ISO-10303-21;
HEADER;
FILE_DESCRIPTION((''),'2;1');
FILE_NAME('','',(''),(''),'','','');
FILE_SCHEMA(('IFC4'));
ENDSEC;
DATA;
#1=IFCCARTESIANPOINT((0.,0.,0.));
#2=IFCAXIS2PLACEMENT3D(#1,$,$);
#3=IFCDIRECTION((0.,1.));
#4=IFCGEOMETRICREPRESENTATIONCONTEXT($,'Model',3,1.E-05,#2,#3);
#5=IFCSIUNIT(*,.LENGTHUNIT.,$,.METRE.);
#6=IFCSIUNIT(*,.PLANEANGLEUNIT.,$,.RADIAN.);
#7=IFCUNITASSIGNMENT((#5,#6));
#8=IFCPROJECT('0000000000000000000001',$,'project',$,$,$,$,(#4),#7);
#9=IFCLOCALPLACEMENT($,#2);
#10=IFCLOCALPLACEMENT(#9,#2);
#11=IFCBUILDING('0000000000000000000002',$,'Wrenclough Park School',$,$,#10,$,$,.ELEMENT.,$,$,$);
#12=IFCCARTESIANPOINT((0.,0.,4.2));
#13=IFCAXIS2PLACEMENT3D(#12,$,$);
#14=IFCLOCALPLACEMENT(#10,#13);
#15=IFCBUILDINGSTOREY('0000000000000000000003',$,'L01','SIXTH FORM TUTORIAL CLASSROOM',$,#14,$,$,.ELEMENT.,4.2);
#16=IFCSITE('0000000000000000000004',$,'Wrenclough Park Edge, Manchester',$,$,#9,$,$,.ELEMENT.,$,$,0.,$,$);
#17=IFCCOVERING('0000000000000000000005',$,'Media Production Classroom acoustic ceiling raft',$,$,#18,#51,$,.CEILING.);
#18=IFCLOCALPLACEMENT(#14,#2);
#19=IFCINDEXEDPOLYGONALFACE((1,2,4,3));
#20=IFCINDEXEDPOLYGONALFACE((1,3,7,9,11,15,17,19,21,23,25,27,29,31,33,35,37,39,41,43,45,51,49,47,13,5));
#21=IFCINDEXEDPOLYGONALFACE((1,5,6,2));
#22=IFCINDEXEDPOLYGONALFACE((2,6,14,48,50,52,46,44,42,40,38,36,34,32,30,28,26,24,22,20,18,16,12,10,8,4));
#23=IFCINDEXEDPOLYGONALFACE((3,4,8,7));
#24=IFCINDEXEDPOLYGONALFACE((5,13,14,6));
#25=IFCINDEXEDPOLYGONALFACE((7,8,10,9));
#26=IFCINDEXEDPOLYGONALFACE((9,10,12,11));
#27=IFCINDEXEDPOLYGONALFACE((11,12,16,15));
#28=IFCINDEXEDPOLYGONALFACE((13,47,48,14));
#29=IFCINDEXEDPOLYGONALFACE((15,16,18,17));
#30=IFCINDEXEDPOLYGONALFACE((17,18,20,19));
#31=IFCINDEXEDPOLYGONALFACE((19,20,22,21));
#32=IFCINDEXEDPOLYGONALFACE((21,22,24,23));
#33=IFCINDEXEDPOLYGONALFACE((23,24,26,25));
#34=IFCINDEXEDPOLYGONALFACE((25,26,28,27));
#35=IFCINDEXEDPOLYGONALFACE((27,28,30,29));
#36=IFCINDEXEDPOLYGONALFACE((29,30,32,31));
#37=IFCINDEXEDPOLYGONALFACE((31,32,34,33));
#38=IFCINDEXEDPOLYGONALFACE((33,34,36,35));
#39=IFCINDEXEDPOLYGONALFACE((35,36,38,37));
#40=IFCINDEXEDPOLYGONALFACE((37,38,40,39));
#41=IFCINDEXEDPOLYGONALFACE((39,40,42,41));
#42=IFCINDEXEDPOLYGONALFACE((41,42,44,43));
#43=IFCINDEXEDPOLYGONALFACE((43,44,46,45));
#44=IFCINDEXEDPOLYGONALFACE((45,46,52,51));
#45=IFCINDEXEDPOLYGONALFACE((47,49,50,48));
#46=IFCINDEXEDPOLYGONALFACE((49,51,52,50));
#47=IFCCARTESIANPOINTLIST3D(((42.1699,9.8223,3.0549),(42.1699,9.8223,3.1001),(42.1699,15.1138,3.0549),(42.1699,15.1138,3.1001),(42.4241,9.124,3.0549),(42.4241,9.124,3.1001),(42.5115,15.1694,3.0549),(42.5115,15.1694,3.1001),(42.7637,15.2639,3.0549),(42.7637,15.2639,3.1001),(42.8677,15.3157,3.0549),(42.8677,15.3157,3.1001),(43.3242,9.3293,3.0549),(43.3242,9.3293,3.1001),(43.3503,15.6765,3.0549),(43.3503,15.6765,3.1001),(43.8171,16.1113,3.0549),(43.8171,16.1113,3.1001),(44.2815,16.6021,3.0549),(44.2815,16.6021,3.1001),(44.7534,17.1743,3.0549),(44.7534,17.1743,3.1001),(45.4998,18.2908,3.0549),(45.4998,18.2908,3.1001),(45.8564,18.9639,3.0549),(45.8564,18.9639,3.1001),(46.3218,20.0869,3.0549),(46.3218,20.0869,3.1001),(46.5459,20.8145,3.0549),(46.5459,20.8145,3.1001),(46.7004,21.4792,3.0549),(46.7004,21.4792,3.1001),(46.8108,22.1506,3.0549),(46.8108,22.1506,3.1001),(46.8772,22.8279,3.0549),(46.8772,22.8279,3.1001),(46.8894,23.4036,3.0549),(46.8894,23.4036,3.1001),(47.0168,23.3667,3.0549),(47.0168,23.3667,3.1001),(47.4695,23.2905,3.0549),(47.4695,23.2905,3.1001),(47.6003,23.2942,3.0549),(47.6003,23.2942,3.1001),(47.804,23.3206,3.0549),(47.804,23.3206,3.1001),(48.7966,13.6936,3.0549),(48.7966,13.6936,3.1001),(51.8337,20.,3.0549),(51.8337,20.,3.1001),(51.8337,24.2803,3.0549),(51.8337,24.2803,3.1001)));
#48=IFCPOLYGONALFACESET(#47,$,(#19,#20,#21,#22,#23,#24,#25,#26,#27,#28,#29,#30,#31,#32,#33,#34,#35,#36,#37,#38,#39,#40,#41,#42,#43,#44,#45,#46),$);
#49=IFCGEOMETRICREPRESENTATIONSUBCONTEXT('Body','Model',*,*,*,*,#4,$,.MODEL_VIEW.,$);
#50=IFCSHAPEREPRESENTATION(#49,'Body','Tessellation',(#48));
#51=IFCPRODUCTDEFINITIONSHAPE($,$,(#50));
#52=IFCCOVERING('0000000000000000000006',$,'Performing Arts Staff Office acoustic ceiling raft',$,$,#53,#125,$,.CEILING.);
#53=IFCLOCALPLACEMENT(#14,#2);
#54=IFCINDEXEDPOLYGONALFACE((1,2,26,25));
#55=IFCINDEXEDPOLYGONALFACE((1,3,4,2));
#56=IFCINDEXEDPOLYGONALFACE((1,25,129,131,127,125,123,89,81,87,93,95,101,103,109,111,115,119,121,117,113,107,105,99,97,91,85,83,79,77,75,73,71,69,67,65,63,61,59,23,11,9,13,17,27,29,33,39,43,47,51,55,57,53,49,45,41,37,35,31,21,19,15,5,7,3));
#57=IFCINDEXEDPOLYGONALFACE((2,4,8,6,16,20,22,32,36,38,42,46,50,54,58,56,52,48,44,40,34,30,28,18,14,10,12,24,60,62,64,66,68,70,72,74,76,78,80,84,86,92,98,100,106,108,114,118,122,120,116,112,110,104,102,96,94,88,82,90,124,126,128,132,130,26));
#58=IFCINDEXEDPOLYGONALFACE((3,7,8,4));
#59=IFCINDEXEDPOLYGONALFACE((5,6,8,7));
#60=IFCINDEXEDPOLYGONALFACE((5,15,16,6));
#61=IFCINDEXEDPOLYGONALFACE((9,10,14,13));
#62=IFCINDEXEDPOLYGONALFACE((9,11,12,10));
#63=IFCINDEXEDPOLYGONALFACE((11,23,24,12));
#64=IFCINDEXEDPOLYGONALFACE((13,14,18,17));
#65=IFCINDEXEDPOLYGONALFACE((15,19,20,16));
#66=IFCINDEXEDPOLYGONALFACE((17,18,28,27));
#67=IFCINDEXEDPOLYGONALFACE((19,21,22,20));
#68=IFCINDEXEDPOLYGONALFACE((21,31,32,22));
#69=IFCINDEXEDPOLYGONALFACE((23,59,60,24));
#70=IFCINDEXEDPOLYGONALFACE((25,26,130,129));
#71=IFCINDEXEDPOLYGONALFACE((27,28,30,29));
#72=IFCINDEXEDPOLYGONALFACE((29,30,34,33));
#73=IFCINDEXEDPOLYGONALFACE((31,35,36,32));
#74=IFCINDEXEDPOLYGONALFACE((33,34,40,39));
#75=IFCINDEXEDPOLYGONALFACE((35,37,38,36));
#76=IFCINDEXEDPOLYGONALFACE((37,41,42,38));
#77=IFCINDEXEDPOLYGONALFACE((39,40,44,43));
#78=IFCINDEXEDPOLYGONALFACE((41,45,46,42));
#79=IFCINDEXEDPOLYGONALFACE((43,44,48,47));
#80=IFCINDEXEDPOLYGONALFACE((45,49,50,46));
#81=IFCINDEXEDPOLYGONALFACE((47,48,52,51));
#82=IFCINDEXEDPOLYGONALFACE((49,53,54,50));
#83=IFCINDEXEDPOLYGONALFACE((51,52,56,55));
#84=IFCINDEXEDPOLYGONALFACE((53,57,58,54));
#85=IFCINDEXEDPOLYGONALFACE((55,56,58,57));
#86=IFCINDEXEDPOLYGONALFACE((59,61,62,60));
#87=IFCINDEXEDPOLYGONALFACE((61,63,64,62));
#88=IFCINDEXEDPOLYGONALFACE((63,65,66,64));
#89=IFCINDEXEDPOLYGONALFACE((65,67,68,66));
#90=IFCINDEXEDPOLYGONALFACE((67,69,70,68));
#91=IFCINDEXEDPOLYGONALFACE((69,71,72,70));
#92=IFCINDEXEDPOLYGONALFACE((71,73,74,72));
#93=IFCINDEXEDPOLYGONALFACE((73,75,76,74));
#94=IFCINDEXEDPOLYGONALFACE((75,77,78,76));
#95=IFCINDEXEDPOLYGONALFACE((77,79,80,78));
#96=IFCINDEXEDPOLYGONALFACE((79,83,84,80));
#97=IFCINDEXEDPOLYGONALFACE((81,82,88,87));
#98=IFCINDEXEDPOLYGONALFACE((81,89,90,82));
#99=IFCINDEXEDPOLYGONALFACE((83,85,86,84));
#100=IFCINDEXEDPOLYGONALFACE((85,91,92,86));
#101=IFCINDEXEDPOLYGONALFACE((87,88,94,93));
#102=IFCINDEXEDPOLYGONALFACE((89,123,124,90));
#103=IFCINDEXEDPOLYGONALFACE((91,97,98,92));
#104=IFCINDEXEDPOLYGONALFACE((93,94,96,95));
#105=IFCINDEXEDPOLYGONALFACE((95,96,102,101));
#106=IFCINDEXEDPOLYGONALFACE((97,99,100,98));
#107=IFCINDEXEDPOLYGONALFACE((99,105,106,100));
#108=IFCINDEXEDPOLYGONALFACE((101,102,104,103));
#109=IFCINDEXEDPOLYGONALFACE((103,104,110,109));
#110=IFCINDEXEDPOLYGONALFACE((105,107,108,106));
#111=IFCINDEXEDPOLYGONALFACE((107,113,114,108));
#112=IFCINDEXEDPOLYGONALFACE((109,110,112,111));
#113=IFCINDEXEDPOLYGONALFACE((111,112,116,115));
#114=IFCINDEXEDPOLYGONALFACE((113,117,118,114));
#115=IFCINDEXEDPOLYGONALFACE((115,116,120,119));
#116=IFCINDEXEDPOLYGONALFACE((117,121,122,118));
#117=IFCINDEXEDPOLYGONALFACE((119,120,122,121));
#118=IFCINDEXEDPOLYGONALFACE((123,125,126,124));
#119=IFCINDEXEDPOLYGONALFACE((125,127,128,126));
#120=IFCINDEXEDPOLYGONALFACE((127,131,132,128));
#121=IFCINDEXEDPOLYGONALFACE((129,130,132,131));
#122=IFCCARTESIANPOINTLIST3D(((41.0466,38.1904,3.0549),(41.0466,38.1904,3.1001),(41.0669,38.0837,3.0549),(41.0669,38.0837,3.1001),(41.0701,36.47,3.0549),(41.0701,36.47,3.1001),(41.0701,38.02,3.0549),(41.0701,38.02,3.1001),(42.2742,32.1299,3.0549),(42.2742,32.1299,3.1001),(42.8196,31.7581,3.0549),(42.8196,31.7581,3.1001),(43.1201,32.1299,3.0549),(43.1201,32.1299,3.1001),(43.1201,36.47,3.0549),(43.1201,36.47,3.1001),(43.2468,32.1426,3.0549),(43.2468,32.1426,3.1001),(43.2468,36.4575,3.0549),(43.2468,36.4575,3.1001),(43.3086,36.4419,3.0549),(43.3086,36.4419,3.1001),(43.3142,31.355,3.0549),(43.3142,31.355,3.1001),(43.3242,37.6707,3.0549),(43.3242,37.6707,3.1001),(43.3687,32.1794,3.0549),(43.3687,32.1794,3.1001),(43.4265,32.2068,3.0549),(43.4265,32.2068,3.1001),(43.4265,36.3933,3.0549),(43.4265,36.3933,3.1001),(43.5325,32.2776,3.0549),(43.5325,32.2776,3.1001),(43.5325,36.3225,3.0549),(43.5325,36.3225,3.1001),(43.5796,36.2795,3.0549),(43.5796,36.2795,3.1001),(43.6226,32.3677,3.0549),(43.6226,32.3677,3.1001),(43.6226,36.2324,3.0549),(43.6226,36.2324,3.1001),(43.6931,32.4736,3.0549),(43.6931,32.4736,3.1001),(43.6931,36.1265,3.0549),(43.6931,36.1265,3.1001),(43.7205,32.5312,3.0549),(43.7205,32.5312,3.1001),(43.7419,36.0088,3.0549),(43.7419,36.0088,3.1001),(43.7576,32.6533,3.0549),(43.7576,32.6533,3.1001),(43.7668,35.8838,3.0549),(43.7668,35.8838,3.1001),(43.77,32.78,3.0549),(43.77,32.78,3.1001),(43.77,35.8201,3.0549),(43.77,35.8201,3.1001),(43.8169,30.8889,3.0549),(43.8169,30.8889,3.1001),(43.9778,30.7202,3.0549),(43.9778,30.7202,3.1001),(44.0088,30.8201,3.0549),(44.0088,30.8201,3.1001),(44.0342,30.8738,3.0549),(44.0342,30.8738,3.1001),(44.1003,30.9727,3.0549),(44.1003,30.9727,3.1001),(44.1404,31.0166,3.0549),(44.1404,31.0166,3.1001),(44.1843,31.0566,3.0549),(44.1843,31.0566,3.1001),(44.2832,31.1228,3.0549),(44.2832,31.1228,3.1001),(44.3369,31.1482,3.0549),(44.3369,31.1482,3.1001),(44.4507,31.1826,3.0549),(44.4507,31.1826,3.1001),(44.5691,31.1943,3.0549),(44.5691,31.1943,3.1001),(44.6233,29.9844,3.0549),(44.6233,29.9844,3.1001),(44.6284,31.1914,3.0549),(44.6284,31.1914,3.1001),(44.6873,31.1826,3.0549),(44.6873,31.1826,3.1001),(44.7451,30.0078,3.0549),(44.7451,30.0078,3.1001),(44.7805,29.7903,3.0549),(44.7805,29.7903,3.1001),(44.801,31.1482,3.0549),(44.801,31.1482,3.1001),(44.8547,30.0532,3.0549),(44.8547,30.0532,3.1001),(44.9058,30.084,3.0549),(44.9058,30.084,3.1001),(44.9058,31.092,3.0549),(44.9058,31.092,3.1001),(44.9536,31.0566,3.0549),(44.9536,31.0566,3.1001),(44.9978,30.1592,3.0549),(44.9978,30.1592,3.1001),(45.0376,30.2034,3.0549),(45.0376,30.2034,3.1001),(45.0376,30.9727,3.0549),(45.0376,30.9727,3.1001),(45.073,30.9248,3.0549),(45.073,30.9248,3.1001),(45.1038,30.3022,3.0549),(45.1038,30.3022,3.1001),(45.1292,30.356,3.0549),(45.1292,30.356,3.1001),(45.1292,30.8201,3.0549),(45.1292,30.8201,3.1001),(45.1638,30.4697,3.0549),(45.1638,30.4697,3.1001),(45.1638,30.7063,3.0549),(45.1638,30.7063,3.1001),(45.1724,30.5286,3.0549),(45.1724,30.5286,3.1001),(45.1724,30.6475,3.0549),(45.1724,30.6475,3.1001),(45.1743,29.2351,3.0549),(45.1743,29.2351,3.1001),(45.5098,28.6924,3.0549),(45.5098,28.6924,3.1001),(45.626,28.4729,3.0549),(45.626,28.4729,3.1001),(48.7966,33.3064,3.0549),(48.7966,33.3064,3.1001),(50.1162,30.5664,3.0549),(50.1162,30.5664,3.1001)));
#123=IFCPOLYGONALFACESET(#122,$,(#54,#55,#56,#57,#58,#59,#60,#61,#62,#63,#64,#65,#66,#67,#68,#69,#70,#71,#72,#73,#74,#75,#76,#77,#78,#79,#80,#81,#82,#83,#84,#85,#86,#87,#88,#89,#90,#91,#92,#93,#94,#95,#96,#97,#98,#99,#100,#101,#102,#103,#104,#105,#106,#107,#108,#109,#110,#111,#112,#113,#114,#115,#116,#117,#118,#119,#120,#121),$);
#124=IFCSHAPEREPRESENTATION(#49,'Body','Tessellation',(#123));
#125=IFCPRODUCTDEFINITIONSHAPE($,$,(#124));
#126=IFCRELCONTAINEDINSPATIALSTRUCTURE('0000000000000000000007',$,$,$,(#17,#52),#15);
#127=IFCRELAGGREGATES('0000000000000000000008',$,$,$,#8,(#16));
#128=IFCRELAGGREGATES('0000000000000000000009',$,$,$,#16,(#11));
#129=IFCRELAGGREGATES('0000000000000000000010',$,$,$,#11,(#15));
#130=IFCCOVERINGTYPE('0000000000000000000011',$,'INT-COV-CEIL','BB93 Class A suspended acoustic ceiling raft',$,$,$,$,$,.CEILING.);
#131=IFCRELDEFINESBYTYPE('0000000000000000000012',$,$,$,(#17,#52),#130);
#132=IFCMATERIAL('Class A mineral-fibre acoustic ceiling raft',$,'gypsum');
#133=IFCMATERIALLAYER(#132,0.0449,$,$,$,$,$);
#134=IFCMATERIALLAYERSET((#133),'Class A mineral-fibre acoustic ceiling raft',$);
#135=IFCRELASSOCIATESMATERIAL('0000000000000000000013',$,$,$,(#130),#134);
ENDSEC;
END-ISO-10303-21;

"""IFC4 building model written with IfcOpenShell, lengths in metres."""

from ifc_helpers import new_model, si_unit, direction, frame, origin, place, context, subcontext, project, spatial, polyline, outline, extrude, material, layer, layer_set, type_object, element, save


model = new_model("IFC4")

# Units and contexts
model_context = context("Model", 3, precision=1e-05, world=origin(), true_north=direction((0.0, 1.0)))
body_context = subcontext(model_context, "Body", "Model", "MODEL_VIEW")
ifc_project = project(units=[si_unit("LENGTHUNIT", "METRE"), si_unit("PLANEANGLEUNIT", "RADIAN")], contexts=[model_context])

# Site, building, storey
site_placement = place(None, origin())
site = spatial("IfcSite", under=ifc_project, at=site_placement, Name="Wrenclough Park Edge, Manchester", CompositionType="ELEMENT", RefElevation=0.0)
building_placement = place(site_placement, origin())
building = spatial("IfcBuilding", under=site, at=building_placement, Name="Wrenclough Park School", CompositionType="ELEMENT")
storey_placement = place(building_placement, frame((0.0, 0.0, 4.2)))
storey = spatial("IfcBuildingStorey", under=building, at=storey_placement, Name="L01", Description="SIXTH FORM TUTORIAL CLASSROOM", CompositionType="ELEMENT", Elevation=4.2)

# Coverings
ifc_material_1 = material(Name="Class A mineral-fibre acoustic ceiling raft", Category="gypsum")
ifc_layer_1 = layer(ifc_material_1, 0.0449)
ifc_layer_set_1 = layer_set([ifc_layer_1], Name="Class A mineral-fibre acoustic ceiling raft")
covering_type = type_object("IfcCoveringType", Name="INT-COV-CEIL", Description="BB93 Class A suspended acoustic ceiling raft", PredefinedType="CEILING", material=ifc_layer_set_1)
covering_1_placement = place(storey_placement, frame((0.0, 0.0, 3.0549)))
element("IfcCovering", 1, at=covering_1_placement, inside=storey, type_object=covering_type, Name="Media Production Classroom acoustic ceiling raft", PredefinedType="CEILING", context=body_context, shape_type="SweptSolid", body=[
    extrude(outline(polyline([(42.1699, 15.1138), (42.1699, 9.8223), (42.4241, 9.124), (43.3242, 9.3293), (48.7966, 13.6936), (51.8337, 20.0), (51.8337, 24.2803), (47.804, 23.3206), (47.6003, 23.2942), (47.4695, 23.2905), (47.0168, 23.3667), (46.8894, 23.4036), (46.8772, 22.8279), (46.8108, 22.1506), (46.7004, 21.4792), (46.5459, 20.8145), (46.3218, 20.0869), (45.8564, 18.9639), (45.4998, 18.2908), (44.7534, 17.1743), (44.2815, 16.6021), (43.8171, 16.1113), (43.3503, 15.6765), (42.8677, 15.3157), (42.7637, 15.2639), (42.5115, 15.1694), (42.1699, 15.1138)])), origin(), (0.0, 0.0, 1.0), 0.0452),
])
covering_2_placement = place(storey_placement, frame((0.0, 0.0, 3.0549)))
element("IfcCovering", 2, at=covering_2_placement, inside=storey, type_object=covering_type, Name="Performing Arts Staff Office acoustic ceiling raft", PredefinedType="CEILING", context=body_context, shape_type="SweptSolid", body=[
    extrude(outline(polyline([(43.1201, 32.1299), (42.2742, 32.1299), (42.8196, 31.7581), (43.3142, 31.355), (43.8169, 30.8889), (43.9778, 30.7202), (44.0088, 30.8201), (44.0342, 30.8738), (44.1003, 30.9727), (44.1404, 31.0166), (44.1843, 31.0566), (44.2832, 31.1228), (44.3369, 31.1482), (44.4507, 31.1826), (44.5691, 31.1943), (44.6284, 31.1914), (44.6873, 31.1826), (44.801, 31.1482), (44.9058, 31.092), (44.9536, 31.0566), (45.0376, 30.9727), (45.073, 30.9248), (45.1292, 30.8201), (45.1638, 30.7063), (45.1724, 30.6475), (45.1724, 30.5286), (45.1638, 30.4697), (45.1292, 30.356), (45.1038, 30.3022), (45.0376, 30.2034), (44.9978, 30.1592), (44.9058, 30.084), (44.8547, 30.0532), (44.7451, 30.0078), (44.6233, 29.9844), (44.7805, 29.7903), (45.1743, 29.2351), (45.5098, 28.6924), (45.626, 28.4729), (50.1162, 30.5664), (48.7966, 33.3064), (43.3242, 37.6707), (41.0466, 38.1904), (41.0669, 38.0837), (41.0701, 38.02), (41.0701, 36.47), (43.1201, 36.47), (43.2468, 36.4575), (43.3086, 36.4419), (43.4265, 36.3933), (43.5325, 36.3225), (43.5796, 36.2795), (43.6226, 36.2324), (43.6931, 36.1265), (43.7419, 36.0088), (43.7668, 35.8838), (43.77, 35.8201), (43.77, 32.78), (43.7576, 32.6533), (43.7205, 32.5312), (43.6931, 32.4736), (43.6226, 32.3677), (43.5325, 32.2776), (43.4265, 32.2068), (43.3687, 32.1794), (43.2468, 32.1426), (43.1201, 32.1299)])), origin(), (0.0, 0.0, 1.0), 0.0452),
])

save(model, "model.ifc")
